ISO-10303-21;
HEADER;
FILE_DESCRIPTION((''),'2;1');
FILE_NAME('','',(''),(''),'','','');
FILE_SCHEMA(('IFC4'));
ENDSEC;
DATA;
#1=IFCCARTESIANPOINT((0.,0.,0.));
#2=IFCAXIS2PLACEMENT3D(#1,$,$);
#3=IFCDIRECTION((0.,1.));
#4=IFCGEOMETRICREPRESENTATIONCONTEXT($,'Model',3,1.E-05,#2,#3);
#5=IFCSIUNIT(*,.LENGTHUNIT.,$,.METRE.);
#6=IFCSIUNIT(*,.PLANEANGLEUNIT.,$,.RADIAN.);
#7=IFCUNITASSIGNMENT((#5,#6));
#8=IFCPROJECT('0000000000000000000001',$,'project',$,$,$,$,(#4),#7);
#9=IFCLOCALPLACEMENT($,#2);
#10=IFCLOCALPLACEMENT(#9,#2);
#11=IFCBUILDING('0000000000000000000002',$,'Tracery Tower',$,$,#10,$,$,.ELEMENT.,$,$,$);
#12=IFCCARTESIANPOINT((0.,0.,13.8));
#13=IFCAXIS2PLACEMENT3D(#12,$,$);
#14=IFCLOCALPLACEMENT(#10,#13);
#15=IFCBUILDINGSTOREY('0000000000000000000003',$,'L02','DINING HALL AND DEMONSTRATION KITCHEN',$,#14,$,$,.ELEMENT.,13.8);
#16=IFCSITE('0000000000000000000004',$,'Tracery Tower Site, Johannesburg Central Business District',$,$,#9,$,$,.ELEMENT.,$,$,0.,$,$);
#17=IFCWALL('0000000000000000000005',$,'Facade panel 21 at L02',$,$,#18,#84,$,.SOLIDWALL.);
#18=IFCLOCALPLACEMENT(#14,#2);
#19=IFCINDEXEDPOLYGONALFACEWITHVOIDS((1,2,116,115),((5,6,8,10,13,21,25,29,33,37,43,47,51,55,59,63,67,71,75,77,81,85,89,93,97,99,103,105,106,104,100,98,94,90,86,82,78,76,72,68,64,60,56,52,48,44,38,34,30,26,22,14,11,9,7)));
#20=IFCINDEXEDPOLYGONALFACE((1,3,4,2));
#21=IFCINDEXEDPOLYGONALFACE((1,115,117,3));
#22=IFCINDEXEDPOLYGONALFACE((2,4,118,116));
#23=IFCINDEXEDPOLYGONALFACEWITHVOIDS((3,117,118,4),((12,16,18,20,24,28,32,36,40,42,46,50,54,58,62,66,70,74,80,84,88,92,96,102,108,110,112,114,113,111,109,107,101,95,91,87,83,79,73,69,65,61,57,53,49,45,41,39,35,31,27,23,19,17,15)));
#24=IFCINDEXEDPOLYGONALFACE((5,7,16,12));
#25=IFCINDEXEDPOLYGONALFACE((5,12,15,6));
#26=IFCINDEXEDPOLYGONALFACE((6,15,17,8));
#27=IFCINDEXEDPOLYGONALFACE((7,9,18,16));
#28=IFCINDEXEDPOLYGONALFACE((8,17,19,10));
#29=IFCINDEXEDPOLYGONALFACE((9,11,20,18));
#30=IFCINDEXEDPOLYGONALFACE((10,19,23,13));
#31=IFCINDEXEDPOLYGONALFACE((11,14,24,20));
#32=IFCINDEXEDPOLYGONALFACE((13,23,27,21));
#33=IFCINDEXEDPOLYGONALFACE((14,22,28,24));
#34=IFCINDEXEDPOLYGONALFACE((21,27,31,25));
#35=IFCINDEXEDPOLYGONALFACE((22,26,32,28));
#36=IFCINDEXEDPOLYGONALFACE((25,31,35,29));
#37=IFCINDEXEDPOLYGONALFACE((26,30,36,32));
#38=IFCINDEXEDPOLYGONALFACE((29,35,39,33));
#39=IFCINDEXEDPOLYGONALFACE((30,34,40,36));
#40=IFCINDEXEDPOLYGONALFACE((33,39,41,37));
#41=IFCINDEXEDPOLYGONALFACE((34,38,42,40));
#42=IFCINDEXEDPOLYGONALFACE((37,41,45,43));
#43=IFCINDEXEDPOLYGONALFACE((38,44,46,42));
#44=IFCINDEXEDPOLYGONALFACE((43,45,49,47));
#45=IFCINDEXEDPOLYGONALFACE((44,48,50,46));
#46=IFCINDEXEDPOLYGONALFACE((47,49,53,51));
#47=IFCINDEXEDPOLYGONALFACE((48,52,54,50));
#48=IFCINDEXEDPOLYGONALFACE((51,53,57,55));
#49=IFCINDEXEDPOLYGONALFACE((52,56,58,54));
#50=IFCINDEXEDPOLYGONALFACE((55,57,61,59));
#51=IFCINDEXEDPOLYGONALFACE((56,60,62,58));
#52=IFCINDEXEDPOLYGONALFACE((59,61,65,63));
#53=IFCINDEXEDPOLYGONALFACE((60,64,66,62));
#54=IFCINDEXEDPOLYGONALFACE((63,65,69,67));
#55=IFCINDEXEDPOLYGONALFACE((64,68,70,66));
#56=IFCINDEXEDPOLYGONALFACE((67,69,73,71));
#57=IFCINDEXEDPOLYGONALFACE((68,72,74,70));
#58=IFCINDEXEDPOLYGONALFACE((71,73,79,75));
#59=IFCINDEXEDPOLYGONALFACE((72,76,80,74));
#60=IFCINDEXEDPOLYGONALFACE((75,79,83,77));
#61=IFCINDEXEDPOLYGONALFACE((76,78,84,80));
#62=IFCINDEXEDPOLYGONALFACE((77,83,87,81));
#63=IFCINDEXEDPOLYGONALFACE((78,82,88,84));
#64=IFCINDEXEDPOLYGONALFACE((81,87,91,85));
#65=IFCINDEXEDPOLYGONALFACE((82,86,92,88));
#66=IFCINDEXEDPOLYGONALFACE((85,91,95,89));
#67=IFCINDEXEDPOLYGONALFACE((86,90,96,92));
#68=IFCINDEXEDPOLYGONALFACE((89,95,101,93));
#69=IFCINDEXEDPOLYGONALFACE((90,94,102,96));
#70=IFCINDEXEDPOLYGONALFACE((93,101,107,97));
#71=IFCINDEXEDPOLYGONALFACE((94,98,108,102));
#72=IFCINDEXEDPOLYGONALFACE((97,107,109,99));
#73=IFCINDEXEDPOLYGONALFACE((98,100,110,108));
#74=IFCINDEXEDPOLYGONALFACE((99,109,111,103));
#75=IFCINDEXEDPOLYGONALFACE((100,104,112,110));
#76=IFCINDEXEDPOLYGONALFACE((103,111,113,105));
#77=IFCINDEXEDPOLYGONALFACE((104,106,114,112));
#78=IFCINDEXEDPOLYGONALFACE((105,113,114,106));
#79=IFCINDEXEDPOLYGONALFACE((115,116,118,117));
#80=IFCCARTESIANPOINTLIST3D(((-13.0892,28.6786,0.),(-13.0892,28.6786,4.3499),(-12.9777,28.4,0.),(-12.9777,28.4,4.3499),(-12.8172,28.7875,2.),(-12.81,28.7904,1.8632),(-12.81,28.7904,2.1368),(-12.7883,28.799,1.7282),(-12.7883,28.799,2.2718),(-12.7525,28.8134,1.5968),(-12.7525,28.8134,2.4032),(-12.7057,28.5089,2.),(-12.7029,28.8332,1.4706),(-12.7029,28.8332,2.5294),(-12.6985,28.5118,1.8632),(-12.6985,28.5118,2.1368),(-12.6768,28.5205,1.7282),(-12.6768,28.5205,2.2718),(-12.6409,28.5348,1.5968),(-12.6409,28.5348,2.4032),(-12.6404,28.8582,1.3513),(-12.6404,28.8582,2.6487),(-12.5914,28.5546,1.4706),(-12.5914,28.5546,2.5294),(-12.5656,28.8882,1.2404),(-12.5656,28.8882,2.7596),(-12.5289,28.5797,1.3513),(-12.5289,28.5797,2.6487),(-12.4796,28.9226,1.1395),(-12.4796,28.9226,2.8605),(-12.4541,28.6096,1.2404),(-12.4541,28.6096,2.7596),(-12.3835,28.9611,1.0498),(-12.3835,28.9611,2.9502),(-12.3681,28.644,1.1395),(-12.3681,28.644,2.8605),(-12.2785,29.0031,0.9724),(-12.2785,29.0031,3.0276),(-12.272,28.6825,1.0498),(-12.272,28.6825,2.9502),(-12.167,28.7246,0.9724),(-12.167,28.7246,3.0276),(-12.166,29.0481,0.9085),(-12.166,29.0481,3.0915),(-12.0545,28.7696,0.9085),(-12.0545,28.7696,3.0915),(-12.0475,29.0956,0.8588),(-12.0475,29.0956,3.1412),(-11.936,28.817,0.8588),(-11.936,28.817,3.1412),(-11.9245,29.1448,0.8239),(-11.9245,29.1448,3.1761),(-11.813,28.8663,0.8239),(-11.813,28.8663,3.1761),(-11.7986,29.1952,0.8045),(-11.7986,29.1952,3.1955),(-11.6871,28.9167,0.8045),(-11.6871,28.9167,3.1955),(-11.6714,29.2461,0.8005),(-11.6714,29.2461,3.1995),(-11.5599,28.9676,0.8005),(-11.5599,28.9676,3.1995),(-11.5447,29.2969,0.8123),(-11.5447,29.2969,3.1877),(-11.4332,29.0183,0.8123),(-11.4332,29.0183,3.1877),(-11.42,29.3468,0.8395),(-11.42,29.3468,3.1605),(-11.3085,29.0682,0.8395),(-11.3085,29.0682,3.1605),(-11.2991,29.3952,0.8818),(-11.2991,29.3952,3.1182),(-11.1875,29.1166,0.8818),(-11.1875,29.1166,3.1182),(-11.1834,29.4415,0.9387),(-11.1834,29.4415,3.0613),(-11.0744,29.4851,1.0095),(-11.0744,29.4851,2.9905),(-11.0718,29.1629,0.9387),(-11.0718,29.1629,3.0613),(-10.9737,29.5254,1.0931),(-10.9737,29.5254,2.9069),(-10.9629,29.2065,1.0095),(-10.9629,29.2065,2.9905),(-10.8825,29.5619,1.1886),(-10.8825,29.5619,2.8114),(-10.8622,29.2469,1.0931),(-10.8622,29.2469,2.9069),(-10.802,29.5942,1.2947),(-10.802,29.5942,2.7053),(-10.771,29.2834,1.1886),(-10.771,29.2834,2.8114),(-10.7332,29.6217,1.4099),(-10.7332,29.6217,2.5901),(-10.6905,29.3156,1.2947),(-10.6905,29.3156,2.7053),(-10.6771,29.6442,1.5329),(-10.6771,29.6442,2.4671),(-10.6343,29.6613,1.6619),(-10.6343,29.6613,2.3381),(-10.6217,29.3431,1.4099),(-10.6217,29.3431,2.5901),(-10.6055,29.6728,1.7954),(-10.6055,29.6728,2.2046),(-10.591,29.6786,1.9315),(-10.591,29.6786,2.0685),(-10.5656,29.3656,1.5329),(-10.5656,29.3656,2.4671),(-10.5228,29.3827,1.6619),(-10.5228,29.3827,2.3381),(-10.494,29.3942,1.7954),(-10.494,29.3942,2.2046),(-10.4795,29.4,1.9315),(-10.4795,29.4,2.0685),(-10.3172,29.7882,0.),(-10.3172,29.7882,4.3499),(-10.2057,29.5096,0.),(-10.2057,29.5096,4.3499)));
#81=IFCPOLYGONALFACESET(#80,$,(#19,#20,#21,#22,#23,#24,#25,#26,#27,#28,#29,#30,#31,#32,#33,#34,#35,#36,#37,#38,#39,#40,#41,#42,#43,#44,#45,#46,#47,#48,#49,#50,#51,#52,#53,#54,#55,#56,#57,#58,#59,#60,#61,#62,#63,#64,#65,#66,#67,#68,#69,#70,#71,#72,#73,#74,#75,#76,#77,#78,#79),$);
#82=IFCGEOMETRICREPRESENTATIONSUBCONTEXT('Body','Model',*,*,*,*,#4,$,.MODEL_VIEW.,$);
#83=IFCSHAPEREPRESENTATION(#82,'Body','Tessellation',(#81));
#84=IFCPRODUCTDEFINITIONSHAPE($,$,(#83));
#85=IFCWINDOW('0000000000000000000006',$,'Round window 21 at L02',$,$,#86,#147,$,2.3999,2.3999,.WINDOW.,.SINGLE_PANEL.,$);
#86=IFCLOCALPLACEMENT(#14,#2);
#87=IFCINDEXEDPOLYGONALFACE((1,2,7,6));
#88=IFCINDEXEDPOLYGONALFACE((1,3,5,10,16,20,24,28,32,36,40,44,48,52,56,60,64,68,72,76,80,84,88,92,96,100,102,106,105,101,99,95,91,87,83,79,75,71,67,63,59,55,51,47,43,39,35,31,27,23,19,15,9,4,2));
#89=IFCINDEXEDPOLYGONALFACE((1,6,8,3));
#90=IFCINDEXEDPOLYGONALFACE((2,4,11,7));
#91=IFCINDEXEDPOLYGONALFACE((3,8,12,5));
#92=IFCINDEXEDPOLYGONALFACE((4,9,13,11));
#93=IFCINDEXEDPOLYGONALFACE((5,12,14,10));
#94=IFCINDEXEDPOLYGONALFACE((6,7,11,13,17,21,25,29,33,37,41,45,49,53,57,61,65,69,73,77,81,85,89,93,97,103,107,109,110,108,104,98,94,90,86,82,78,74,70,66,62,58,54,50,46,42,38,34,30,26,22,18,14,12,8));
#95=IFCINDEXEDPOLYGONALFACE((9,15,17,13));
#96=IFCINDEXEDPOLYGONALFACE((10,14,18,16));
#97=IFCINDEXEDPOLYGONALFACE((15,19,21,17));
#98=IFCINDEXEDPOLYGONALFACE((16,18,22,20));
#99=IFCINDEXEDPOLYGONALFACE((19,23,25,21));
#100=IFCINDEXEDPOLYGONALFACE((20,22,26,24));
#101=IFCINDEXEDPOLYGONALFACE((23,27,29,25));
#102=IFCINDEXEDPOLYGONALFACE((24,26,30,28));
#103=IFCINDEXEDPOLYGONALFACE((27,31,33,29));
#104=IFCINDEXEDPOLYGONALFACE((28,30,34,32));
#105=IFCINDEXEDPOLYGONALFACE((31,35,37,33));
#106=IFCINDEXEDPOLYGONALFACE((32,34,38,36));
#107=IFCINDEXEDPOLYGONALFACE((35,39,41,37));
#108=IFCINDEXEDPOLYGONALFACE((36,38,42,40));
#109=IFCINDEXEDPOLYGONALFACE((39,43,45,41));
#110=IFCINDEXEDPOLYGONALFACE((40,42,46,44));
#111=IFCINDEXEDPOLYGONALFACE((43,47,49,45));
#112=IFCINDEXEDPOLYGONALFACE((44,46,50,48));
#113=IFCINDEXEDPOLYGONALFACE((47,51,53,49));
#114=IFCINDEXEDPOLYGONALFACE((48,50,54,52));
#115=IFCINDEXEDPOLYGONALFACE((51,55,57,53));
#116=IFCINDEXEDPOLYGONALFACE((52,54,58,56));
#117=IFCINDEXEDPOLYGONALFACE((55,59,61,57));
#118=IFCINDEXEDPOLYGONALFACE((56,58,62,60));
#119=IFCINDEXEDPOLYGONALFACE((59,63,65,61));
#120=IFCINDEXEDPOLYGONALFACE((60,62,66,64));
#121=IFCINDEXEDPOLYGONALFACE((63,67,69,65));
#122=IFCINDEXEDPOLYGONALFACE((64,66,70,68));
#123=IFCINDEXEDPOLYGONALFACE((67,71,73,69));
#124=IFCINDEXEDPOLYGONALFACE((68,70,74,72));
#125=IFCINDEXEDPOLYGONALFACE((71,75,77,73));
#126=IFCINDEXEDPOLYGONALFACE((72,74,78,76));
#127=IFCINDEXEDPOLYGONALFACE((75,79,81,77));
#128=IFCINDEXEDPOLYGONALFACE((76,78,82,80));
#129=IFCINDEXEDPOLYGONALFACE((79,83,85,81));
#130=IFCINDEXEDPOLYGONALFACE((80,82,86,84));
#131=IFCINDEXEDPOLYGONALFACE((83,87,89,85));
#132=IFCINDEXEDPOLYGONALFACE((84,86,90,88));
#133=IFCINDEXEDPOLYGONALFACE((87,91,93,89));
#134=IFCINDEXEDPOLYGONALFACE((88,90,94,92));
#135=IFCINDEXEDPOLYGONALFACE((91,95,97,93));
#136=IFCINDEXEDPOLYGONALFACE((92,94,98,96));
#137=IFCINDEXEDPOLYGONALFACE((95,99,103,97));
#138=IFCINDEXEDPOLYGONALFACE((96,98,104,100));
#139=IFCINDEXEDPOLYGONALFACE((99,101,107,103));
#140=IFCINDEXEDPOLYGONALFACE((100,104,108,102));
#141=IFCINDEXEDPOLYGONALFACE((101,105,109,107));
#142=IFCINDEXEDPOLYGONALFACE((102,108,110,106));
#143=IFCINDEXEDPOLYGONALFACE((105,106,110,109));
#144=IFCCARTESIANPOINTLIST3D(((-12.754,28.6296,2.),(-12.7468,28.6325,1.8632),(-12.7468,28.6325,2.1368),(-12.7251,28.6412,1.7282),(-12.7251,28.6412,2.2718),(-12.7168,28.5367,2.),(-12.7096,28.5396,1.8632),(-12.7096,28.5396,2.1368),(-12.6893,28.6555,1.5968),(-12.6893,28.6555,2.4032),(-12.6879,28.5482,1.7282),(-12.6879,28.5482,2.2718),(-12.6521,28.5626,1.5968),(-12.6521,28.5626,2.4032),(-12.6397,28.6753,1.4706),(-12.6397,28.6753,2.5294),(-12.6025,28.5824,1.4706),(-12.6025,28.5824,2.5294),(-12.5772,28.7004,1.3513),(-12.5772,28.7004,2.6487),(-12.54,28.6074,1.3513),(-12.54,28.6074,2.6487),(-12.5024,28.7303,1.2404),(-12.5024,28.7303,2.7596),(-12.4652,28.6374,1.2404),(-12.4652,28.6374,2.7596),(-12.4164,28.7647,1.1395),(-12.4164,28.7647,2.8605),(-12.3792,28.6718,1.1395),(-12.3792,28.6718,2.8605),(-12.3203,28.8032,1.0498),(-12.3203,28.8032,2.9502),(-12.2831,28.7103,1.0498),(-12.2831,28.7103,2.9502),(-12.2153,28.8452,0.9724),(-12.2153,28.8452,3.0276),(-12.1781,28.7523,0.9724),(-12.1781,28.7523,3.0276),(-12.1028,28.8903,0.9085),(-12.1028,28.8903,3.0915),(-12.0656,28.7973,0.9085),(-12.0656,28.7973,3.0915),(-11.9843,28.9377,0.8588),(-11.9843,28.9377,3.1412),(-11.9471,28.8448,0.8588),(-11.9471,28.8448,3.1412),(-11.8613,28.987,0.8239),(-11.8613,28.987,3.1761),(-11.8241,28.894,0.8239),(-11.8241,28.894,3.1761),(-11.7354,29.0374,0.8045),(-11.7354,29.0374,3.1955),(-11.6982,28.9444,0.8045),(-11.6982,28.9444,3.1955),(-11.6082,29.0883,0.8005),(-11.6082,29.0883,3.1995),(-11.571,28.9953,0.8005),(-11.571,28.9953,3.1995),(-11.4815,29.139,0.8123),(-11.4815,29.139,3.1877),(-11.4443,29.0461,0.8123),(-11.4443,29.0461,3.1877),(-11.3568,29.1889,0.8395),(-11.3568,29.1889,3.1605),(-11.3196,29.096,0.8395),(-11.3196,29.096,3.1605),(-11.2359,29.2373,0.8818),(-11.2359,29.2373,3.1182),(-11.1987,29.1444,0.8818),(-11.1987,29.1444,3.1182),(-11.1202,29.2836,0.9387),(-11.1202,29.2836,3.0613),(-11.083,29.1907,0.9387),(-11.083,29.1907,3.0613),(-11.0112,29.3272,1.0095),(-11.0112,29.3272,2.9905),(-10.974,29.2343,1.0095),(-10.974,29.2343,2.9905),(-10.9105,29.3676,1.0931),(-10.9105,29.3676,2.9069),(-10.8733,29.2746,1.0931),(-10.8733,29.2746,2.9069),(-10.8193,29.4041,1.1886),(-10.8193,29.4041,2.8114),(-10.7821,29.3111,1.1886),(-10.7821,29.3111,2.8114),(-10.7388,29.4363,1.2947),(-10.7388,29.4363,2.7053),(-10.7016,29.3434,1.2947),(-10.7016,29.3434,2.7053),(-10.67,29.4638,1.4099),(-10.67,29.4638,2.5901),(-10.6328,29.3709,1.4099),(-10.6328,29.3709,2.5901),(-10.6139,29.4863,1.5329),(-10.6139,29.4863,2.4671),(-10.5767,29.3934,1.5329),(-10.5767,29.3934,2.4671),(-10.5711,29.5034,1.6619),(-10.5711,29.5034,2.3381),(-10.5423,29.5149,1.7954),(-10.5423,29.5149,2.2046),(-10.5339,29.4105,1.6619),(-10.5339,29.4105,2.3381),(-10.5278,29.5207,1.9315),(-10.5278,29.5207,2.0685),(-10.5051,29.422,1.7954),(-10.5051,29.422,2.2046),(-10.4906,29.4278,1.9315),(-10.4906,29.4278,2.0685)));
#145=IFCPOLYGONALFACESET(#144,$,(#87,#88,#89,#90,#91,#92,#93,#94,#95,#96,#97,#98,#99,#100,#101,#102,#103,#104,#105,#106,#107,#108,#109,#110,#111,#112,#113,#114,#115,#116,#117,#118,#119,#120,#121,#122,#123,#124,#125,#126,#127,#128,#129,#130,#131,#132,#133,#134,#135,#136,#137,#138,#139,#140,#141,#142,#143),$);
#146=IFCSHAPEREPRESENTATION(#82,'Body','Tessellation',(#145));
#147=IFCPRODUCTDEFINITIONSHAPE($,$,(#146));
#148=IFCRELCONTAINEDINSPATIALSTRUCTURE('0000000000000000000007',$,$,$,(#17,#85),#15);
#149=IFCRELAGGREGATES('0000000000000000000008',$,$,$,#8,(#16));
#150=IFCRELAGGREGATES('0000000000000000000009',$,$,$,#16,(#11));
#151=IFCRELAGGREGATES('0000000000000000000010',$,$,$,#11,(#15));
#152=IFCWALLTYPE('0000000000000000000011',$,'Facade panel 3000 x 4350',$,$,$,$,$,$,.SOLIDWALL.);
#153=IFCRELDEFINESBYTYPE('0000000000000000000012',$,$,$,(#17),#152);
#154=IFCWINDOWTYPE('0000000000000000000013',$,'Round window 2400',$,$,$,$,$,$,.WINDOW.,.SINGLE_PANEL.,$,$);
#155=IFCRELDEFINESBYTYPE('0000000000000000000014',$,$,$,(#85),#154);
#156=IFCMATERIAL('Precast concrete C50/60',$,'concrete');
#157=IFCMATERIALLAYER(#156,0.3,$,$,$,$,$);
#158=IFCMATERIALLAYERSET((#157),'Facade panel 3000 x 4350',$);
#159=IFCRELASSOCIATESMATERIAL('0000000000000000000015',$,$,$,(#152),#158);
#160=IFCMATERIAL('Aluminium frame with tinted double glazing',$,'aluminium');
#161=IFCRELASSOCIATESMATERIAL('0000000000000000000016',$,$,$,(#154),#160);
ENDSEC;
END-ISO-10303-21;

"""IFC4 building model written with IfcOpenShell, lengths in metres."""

from ifc_helpers import new_model, si_unit, direction, frame, frame_2d, origin, origin_2d, place, context, subcontext, project, spatial, rectangle, circle, extrude, material, layer, layer_set, type_object, element, fill, save


model = new_model("IFC4")

# Units and contexts
model_context = context("Model", 3, precision=1e-05, world=origin(), true_north=direction((0.0, 1.0)))
body_context = subcontext(model_context, "Body", "Model", "MODEL_VIEW")
ifc_project = project(units=[si_unit("LENGTHUNIT", "METRE"), si_unit("PLANEANGLEUNIT", "RADIAN")], contexts=[model_context])

# Site, building, storey
site_placement = place(None, origin())
site = spatial("IfcSite", under=ifc_project, at=site_placement, Name="Tracery Tower Site, Johannesburg Central Business District", CompositionType="ELEMENT", RefElevation=0.0)
building_placement = place(site_placement, origin())
building = spatial("IfcBuilding", under=site, at=building_placement, Name="Tracery Tower", CompositionType="ELEMENT")
storey_placement = place(building_placement, frame((0.0, 0.0, 13.8)))
storey = spatial("IfcBuildingStorey", under=building, at=storey_placement, Name="L02", Description="DINING HALL AND DEMONSTRATION KITCHEN", CompositionType="ELEMENT", Elevation=13.8)

# Wall, opening, window
ifc_material_1 = material(Name="Precast concrete C50/60", Category="concrete")
ifc_layer_1 = layer(ifc_material_1, 0.3)
ifc_layer_set_1 = layer_set([ifc_layer_1], Name="Facade panel 3000 x 4350")
wall_type_1 = type_object("IfcWallType", Name="Facade panel 3000 x 4350", PredefinedType="SOLIDWALL", material=ifc_layer_set_1)
ifc_material_2 = material(Name="Aluminium frame with tinted double glazing", Category="aluminium")
window_type = type_object("IfcWindowType", Name="Round window 2400", PartitioningType="SINGLE_PANEL", PredefinedType="WINDOW", material=ifc_material_2)
wall_1_placement = place(storey_placement, frame((-10.2615, 29.6489, 0.0), z_axis=(0.0, 0.0, 1.0), x_axis=(-0.928381, -0.37163, 0.0)))
wall_1 = element("IfcWall", 1, at=wall_1_placement, inside=storey, type_object=wall_type_1, Name="Facade panel 21 at L02", PredefinedType="SOLIDWALL", context=body_context, shape_type="SweptSolid", body=[
    extrude(rectangle(XDim=2.9858, YDim=0.3, at=frame_2d((1.4929, 0.0))), origin(), (0.0, 0.0, 1.0), 4.3499),
])
opening_1_placement = place(wall_1_placement, frame((1.4929, 0.0, 2.0)))
opening_1 = element("IfcOpeningElement", 2, at=opening_1_placement, cuts=wall_1, PredefinedType="OPENING", context=body_context, shape_type="SweptSolid", body=[
    extrude(circle(Radius=1.2, at=origin_2d()), frame((0.0, 0.1599, 0.0), z_axis=(0.0, -1.0, 0.0), x_axis=(1.0, 0.0, 0.0)), (0.0, 0.0, 1.0), 0.3201),
])
window_1_placement = place(opening_1_placement, origin())
window_1 = element("IfcWindow", 3, at=window_1_placement, inside=storey, type_object=window_type, Name="Round window 21 at L02", OverallHeight=2.3999, OverallWidth=2.3999, PartitioningType="SINGLE_PANEL", PredefinedType="WINDOW", context=body_context, shape_type="SweptSolid", body=[
    extrude(circle(Radius=1.2, at=origin_2d()), frame((0.0, 0.1201, 0.0), z_axis=(0.0, -1.0, 0.0), x_axis=(1.0, 0.0, 0.0)), (0.0, 0.0, 1.0), 0.1001),
])
fill(opening_1, window_1)

save(model, "model.ifc")
